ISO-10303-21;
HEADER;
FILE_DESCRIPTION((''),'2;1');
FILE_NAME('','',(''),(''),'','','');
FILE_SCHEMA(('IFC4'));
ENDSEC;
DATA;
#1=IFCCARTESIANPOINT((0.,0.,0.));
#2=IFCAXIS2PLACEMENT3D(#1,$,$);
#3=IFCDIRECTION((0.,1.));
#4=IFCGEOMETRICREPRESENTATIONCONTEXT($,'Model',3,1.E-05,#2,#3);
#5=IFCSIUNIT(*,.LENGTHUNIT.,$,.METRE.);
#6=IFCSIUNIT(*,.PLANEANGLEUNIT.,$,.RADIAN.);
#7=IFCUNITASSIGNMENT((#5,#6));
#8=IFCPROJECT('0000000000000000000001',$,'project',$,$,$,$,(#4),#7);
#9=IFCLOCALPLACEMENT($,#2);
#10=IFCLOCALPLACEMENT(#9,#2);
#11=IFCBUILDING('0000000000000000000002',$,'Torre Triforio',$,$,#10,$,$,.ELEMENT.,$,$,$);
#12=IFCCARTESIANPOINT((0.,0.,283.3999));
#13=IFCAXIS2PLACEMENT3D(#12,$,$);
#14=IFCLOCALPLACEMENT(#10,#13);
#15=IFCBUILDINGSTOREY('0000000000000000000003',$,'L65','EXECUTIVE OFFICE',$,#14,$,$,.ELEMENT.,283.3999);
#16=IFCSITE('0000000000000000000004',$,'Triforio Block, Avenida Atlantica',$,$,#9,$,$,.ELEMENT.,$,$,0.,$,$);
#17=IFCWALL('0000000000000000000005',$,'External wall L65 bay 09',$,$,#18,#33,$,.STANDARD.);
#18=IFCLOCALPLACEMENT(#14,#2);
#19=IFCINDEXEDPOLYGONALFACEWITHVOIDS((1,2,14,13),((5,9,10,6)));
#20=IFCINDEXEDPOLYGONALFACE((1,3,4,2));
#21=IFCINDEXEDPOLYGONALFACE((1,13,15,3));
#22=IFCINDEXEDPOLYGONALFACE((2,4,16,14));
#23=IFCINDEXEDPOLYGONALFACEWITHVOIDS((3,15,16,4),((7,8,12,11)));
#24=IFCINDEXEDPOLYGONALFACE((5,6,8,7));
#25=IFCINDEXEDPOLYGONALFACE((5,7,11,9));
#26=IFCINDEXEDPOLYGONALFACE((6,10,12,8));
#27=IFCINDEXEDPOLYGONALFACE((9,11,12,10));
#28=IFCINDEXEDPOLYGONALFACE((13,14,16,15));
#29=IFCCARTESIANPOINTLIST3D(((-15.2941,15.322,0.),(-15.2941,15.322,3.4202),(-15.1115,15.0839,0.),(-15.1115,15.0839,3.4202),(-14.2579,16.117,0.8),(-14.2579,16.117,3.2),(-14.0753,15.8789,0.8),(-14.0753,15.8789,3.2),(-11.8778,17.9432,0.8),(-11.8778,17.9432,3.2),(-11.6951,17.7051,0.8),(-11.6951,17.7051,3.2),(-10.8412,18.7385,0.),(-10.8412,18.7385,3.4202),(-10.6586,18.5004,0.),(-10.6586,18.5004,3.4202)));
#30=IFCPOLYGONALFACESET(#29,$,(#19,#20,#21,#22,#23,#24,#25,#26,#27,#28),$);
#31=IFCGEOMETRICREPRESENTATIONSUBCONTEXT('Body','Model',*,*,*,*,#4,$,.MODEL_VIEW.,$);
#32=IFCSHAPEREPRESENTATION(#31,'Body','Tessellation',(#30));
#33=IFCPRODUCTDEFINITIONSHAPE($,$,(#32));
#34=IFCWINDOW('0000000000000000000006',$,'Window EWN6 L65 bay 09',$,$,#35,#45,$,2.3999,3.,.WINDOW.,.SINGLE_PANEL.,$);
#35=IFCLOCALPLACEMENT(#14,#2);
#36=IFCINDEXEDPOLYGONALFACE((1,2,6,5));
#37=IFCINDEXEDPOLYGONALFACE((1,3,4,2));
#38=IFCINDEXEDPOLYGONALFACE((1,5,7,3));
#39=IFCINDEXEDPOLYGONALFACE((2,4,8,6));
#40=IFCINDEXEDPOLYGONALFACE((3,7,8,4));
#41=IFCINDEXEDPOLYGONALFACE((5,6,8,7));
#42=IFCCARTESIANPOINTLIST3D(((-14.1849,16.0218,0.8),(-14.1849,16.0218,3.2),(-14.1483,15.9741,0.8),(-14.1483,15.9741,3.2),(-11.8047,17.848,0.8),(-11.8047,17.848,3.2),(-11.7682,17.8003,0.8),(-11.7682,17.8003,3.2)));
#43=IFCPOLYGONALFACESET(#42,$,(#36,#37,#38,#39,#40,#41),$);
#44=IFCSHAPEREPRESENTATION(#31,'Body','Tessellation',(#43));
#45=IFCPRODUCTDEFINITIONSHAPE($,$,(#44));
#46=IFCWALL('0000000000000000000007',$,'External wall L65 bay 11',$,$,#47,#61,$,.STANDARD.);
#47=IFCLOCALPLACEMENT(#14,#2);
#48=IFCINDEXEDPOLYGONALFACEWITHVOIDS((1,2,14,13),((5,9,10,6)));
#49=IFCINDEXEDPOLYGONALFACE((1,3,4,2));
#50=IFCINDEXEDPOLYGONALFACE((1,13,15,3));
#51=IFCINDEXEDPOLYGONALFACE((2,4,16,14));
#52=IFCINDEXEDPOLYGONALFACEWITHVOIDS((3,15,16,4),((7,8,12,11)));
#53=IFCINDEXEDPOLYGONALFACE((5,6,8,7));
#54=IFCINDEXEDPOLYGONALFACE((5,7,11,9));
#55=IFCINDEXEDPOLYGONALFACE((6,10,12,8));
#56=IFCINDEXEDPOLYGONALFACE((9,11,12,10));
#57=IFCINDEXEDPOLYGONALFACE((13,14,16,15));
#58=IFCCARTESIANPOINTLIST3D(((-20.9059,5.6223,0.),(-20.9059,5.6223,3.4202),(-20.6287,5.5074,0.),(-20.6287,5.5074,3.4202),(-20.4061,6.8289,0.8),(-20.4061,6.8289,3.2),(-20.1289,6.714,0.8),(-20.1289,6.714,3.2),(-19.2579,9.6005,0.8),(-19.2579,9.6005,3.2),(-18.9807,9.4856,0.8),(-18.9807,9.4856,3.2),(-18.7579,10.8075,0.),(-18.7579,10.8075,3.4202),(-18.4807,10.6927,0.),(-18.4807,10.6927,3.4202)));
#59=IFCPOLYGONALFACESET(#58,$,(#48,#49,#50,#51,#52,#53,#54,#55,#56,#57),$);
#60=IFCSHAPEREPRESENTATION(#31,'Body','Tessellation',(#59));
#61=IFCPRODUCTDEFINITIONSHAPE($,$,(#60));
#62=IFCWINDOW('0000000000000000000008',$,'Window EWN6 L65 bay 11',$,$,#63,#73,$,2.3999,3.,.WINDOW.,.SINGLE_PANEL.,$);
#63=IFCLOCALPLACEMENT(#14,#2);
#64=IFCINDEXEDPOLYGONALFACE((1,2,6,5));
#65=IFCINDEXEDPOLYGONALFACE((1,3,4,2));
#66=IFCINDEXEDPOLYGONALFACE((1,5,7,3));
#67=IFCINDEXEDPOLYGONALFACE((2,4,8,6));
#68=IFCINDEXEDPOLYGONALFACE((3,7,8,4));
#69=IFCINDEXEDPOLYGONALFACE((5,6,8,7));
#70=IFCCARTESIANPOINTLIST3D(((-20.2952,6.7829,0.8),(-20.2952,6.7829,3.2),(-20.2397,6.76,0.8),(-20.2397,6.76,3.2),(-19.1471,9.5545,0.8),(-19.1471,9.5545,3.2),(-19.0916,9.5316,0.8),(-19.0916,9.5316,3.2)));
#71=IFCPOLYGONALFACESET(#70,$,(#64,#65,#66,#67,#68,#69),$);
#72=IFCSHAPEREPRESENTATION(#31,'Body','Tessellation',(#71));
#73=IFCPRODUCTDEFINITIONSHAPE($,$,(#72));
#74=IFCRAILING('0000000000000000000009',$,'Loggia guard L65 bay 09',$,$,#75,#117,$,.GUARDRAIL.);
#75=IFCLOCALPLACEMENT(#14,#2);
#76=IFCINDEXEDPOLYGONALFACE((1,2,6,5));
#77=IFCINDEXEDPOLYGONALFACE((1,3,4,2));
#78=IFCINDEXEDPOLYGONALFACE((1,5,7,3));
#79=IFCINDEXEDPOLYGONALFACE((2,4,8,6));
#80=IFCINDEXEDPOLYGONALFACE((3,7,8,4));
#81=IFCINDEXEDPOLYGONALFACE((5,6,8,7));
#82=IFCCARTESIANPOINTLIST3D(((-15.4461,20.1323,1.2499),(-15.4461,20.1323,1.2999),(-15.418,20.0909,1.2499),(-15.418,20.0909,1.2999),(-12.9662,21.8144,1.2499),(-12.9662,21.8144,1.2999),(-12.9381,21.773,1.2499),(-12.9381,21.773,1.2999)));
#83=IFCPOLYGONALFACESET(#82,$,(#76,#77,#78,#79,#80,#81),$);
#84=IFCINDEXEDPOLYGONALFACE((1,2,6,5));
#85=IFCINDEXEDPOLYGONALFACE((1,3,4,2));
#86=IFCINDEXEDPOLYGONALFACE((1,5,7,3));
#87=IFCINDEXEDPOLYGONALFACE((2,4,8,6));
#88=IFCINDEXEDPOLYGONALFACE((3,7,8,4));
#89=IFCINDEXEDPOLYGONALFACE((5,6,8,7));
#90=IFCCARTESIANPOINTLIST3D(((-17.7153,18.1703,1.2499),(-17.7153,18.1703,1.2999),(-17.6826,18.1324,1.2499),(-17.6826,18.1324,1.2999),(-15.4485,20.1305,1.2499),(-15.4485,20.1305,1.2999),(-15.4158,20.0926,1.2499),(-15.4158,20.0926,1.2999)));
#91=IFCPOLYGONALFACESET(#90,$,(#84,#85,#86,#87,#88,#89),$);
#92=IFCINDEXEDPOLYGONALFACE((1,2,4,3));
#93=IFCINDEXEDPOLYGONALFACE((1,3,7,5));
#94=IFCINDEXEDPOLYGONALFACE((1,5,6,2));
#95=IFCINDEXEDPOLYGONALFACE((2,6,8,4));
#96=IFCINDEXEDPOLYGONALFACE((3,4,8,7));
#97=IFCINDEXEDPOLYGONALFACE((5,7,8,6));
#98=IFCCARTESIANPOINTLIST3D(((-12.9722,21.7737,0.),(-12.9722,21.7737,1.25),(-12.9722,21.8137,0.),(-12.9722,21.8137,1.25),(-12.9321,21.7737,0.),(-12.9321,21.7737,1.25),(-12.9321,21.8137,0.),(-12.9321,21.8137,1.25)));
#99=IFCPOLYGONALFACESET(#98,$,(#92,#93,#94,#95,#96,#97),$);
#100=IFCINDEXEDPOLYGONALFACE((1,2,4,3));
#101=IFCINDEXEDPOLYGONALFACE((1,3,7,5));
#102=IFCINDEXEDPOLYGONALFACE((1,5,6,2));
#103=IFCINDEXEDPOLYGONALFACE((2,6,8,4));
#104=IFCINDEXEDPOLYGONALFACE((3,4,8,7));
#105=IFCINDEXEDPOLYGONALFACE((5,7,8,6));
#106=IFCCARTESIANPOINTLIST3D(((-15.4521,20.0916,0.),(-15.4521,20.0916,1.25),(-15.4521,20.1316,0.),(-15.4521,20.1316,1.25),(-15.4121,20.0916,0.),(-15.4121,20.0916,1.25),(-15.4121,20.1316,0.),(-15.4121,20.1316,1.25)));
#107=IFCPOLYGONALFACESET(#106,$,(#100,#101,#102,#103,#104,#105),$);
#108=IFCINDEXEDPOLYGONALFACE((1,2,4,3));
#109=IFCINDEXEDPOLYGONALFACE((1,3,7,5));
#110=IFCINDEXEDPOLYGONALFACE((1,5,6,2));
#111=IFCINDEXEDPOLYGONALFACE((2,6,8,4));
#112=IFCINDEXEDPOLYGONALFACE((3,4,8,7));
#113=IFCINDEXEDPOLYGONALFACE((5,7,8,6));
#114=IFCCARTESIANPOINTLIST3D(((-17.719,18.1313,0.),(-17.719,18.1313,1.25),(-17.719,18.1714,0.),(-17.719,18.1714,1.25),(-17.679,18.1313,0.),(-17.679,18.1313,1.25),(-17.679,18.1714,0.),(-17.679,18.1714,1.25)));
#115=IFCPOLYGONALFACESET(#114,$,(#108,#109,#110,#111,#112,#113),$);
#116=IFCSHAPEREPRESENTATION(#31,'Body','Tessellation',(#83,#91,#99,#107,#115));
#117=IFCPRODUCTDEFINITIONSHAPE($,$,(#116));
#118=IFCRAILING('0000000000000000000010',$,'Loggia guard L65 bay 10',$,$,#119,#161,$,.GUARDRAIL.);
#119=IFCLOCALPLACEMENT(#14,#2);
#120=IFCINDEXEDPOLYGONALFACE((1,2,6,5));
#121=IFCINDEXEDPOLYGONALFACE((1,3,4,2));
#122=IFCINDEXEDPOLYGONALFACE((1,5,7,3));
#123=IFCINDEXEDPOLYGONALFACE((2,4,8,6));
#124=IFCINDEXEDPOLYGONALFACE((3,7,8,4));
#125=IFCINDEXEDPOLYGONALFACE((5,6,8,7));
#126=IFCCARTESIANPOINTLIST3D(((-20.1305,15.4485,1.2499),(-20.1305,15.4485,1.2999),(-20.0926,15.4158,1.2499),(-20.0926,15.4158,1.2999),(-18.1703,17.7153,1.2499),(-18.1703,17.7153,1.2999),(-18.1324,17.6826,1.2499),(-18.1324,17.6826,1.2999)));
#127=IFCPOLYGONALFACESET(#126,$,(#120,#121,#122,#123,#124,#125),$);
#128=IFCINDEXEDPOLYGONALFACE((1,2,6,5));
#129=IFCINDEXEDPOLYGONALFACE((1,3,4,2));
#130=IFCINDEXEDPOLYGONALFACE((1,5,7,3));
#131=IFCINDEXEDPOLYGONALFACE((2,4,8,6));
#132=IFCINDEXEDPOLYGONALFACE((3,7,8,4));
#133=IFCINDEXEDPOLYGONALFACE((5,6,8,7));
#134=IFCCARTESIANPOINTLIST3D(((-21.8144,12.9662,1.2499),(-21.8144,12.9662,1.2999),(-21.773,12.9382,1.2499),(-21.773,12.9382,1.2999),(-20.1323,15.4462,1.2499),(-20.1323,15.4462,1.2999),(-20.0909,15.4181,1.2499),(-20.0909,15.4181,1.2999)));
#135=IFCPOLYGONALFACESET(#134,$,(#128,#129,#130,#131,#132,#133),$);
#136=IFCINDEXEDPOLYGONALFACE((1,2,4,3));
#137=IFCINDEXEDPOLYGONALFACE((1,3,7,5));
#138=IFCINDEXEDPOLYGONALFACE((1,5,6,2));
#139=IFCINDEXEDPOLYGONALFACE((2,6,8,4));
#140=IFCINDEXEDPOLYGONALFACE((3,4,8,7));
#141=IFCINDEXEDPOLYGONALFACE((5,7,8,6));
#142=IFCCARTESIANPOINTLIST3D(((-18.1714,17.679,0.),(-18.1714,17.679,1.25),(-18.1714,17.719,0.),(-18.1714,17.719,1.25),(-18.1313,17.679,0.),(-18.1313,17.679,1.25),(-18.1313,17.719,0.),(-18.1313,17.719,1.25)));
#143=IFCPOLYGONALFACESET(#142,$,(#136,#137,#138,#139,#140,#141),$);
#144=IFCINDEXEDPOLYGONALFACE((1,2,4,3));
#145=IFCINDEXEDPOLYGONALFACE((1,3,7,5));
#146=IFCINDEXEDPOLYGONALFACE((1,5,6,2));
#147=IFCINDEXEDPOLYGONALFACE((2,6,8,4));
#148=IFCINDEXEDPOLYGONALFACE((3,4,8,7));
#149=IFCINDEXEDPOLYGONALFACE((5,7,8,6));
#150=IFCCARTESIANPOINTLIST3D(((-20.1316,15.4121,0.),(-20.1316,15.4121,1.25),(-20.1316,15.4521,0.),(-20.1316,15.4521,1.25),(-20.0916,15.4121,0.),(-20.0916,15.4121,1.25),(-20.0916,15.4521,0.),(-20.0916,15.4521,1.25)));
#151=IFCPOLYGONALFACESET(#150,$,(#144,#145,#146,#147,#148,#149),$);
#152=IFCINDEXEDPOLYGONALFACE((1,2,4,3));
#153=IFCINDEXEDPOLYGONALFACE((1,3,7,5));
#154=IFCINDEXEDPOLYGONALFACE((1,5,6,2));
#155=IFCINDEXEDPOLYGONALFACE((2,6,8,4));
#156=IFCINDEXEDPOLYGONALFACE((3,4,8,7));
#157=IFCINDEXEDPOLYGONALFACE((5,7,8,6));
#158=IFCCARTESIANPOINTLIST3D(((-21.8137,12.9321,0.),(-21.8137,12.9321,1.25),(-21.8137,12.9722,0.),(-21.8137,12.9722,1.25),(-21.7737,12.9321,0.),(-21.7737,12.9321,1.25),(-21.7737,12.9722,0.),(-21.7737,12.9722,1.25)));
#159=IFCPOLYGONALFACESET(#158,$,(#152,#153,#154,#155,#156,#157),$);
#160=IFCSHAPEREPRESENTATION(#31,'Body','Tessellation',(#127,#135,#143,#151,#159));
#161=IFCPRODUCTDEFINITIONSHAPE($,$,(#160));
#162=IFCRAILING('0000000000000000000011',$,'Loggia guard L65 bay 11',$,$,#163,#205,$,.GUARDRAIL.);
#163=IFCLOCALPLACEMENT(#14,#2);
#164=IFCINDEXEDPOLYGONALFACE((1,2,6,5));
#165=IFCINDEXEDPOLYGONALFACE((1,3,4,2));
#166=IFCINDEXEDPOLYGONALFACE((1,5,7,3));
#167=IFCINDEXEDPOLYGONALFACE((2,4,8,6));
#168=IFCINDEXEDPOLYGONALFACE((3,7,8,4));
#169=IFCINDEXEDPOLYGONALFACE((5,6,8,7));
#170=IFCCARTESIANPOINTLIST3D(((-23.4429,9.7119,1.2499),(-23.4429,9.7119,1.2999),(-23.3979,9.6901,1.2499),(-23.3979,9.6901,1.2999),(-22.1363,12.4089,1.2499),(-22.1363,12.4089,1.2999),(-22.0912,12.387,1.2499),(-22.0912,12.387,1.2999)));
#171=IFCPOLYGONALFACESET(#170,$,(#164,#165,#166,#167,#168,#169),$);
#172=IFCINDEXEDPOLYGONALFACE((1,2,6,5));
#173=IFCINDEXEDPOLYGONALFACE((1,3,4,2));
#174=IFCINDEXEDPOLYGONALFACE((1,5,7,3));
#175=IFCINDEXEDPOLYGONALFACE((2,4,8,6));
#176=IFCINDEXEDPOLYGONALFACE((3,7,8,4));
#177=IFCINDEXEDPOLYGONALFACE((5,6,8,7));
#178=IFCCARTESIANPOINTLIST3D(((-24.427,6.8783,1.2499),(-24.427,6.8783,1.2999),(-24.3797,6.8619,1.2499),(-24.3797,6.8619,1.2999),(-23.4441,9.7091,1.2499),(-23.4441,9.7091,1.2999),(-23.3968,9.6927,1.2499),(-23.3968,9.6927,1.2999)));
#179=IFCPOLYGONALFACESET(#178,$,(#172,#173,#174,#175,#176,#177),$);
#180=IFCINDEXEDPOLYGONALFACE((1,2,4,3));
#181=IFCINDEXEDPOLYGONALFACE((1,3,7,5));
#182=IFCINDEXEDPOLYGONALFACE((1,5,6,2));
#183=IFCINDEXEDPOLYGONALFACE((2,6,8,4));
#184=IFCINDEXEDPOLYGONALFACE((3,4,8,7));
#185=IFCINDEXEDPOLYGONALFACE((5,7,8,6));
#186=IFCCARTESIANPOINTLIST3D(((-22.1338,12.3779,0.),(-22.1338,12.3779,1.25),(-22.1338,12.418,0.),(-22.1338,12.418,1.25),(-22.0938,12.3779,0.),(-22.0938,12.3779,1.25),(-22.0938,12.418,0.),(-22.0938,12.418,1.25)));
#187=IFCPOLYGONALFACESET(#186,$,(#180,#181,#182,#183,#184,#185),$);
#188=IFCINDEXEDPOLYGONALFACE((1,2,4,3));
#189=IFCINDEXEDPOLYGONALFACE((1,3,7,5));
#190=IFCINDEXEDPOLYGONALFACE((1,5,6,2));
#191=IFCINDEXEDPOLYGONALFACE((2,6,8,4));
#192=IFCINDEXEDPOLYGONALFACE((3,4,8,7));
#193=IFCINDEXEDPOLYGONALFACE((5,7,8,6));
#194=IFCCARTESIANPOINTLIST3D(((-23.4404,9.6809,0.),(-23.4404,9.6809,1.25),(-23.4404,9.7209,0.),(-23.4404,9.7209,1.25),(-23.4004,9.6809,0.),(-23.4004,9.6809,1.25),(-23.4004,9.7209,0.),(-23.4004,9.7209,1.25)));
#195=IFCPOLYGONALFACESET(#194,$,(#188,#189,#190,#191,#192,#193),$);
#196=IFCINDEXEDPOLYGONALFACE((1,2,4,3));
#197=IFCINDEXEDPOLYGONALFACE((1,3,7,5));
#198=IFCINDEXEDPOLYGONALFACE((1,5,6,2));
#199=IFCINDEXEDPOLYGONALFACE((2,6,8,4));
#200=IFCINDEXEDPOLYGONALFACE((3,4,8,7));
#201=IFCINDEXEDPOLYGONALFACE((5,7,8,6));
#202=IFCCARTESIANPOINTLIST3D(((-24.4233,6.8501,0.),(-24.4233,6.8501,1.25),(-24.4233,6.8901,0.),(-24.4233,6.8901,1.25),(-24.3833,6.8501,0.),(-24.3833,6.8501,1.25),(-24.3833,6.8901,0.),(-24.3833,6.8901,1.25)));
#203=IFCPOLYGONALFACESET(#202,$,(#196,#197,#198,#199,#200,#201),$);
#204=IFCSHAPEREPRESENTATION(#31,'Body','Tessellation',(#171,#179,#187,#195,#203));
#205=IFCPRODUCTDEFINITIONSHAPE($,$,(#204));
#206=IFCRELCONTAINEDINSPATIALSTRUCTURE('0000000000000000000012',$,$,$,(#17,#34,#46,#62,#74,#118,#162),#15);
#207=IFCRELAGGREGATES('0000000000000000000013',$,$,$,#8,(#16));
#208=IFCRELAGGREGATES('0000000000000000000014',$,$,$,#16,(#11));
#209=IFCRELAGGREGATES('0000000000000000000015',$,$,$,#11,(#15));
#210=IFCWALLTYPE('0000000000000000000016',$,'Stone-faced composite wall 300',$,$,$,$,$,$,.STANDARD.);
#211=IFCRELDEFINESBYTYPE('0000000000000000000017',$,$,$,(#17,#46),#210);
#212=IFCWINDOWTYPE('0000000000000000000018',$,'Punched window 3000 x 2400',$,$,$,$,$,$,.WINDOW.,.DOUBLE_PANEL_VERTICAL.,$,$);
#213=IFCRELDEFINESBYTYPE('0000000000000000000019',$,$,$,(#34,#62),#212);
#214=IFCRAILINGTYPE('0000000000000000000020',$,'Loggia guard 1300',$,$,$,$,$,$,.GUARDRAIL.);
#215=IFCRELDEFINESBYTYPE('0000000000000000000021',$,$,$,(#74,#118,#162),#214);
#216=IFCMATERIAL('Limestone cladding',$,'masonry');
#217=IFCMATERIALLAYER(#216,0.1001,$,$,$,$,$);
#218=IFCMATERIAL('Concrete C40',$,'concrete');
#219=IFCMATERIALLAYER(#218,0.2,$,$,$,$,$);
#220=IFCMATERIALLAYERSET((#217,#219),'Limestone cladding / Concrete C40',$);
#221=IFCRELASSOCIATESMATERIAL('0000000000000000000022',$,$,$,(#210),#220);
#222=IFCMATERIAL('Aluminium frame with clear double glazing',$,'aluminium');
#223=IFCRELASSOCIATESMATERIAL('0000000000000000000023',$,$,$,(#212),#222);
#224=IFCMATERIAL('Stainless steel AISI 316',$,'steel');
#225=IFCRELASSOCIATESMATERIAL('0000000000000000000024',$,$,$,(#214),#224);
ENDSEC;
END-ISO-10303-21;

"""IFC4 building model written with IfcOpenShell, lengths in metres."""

from ifc_helpers import new_model, si_unit, direction, frame, frame_2d, origin, origin_2d, place, context, subcontext, project, spatial, rectangle, extrude, material, layer, layer_set, type_object, element, fill, save


model = new_model("IFC4")

# Units and contexts
model_context = context("Model", 3, precision=1e-05, world=origin(), true_north=direction((0.0, 1.0)))
body_context = subcontext(model_context, "Body", "Model", "MODEL_VIEW")
ifc_project = project(units=[si_unit("LENGTHUNIT", "METRE"), si_unit("PLANEANGLEUNIT", "RADIAN")], contexts=[model_context])

# Site, building, storey
site_placement = place(None, origin())
site = spatial("IfcSite", under=ifc_project, at=site_placement, Name="Triforio Block, Avenida Atlantica", CompositionType="ELEMENT", RefElevation=0.0)
building_placement = place(site_placement, origin())
building = spatial("IfcBuilding", under=site, at=building_placement, Name="Torre Triforio", CompositionType="ELEMENT")
storey_placement = place(building_placement, frame((0.0, 0.0, 283.3999)))
storey = spatial("IfcBuildingStorey", under=building, at=storey_placement, Name="L65", Description="EXECUTIVE OFFICE", CompositionType="ELEMENT", Elevation=283.3999)

# Shared definitions
ifc_material_1 = material(Name="Concrete C40", Category="concrete")

# Shared definitions
ifc_material_2 = material(Name="Limestone cladding", Category="masonry")

# Wall, opening, window
ifc_layer_1 = layer(ifc_material_2, 0.1001)
ifc_layer_2 = layer(ifc_material_1, 0.2)
ifc_layer_set_1 = layer_set([ifc_layer_1, ifc_layer_2], Name="Limestone cladding / Concrete C40")
wall_type_1 = type_object("IfcWallType", Name="Stone-faced composite wall 300", PredefinedType="STANDARD", material=ifc_layer_set_1)
wall_1_placement = place(storey_placement, frame((-10.75, 18.6194, 0.0), z_axis=(0.0, 0.0, 1.0), x_axis=(-0.79338, -0.608726, 0.0)))
wall_1 = element("IfcWall", 1, at=wall_1_placement, inside=storey, type_object=wall_type_1, Name="External wall L65 bay 09", PredefinedType="STANDARD", context=body_context, shape_type="SweptSolid", body=[
    extrude(rectangle(XDim=5.6125, YDim=0.3, at=frame_2d((2.8062, 0.0))), origin(), (0.0, 0.0, 1.0), 3.4202),
])
opening_1_placement = place(wall_1_placement, frame((1.3064, 0.0, 0.8)))
opening_1 = element("IfcOpeningElement", 2, at=opening_1_placement, cuts=wall_1, PredefinedType="OPENING", context=body_context, shape_type="SweptSolid", body=[
    extrude(rectangle(XDim=3.0, YDim=2.3999, at=frame_2d((1.5, 1.2))), frame((0.0, 0.1599, 0.0), z_axis=(0.0, -1.0, 0.0), x_axis=(1.0, 0.0, 0.0)), (0.0, 0.0, 1.0), 0.3201),
])
ifc_material_3 = material(Name="Aluminium frame with clear double glazing", Category="aluminium")
window_type_1 = type_object("IfcWindowType", Name="Punched window 3000 x 2400", PartitioningType="DOUBLE_PANEL_VERTICAL", PredefinedType="WINDOW", material=ifc_material_3)
window_1_placement = place(opening_1_placement, origin())
window_1 = element("IfcWindow", 3, at=window_1_placement, inside=storey, type_object=window_type_1, Name="Window EWN6 L65 bay 09", OverallHeight=2.3999, OverallWidth=3.0, PartitioningType="SINGLE_PANEL", PredefinedType="WINDOW", context=body_context, shape_type="SweptSolid", body=[
    extrude(rectangle(XDim=3.0, YDim=2.3999, at=frame_2d((1.5, 1.2))), frame((0.0, 0.03, 0.0), z_axis=(0.0, -1.0, 0.0), x_axis=(1.0, 0.0, 0.0)), (0.0, 0.0, 1.0), 0.0601),
])
fill(opening_1, window_1)

# Wall, opening, window
wall_2_placement = place(storey_placement, frame((-18.6194, 10.75, 0.0), z_axis=(0.0, 0.0, 1.0), x_axis=(-0.382703, -0.923872, 0.0)))
wall_2 = element("IfcWall", 4, at=wall_2_placement, inside=storey, type_object=wall_type_1, Name="External wall L65 bay 11", PredefinedType="STANDARD", context=body_context, shape_type="SweptSolid", body=[
    extrude(rectangle(XDim=5.6125, YDim=0.3, at=frame_2d((2.8062, 0.0))), origin(), (0.0, 0.0, 1.0), 3.4202),
])
opening_2_placement = place(wall_2_placement, frame((1.3064, 0.0, 0.8)))
opening_2 = element("IfcOpeningElement", 5, at=opening_2_placement, cuts=wall_2, PredefinedType="OPENING", context=body_context, shape_type="SweptSolid", body=[
    extrude(rectangle(XDim=3.0, YDim=2.3999, at=frame_2d((1.5, 1.2))), frame((0.0, 0.1599, 0.0), z_axis=(0.0, -1.0, 0.0), x_axis=(1.0, 0.0, 0.0)), (0.0, 0.0, 1.0), 0.3201),
])
window_2_placement = place(opening_2_placement, origin())
window_2 = element("IfcWindow", 6, at=window_2_placement, inside=storey, type_object=window_type_1, Name="Window EWN6 L65 bay 11", OverallHeight=2.3999, OverallWidth=3.0, PartitioningType="SINGLE_PANEL", PredefinedType="WINDOW", context=body_context, shape_type="SweptSolid", body=[
    extrude(rectangle(XDim=3.0, YDim=2.3999, at=frame_2d((1.5, 1.2))), frame((0.0, 0.03, 0.0), z_axis=(0.0, -1.0, 0.0), x_axis=(1.0, 0.0, 0.0)), (0.0, 0.0, 1.0), 0.0601),
])
fill(opening_2, window_2)

# Railings
ifc_material_4 = material(Name="Stainless steel AISI 316", Category="steel")
railing_type = type_object("IfcRailingType", Name="Loggia guard 1300", PredefinedType="GUARDRAIL", material=ifc_material_4)
railing_1_placement = place(storey_placement, frame((-12.9521, 21.7937, 0.0)))
element("IfcRailing", 7, at=railing_1_placement, inside=storey, type_object=railing_type, Name="Loggia guard L65 bay 09", PredefinedType="GUARDRAIL", context=body_context, shape_type="SweptSolid", body=[
    extrude(rectangle(XDim=0.05, YDim=0.05, at=origin_2d()), frame((0.0, 0.0, 1.2749), z_axis=(-0.827587, -0.561338, 0.0), x_axis=(0.561338, -0.827587, 0.0)), (0.0, 0.0, 1.0), 2.9966),
    extrude(rectangle(XDim=0.05, YDim=0.05, at=origin_2d()), frame((-2.48, -1.6821, 1.2749), z_axis=(-0.756414, -0.654093, 0.0), x_axis=(0.654093, -0.756414, 0.0)), (0.0, 0.0, 1.0), 2.9968),
    extrude(rectangle(XDim=0.04, YDim=0.04, at=origin_2d()), origin(), (0.0, 0.0, 1.0), 1.25),
    extrude(rectangle(XDim=0.04, YDim=0.04, at=origin_2d()), frame((-2.48, -1.6821, 0.0)), (0.0, 0.0, 1.0), 1.25),
    extrude(rectangle(XDim=0.04, YDim=0.04, at=origin_2d()), frame((-4.7468, -3.6423, 0.0)), (0.0, 0.0, 1.0), 1.25),
])
railing_2_placement = place(storey_placement, frame((-18.1514, 17.699, 0.0)))
element("IfcRailing", 8, at=railing_2_placement, inside=storey, type_object=railing_type, Name="Loggia guard L65 bay 10", PredefinedType="GUARDRAIL", context=body_context, shape_type="SweptSolid", body=[
    extrude(rectangle(XDim=0.05, YDim=0.05, at=origin_2d()), frame((0.0, 0.0, 1.2749), z_axis=(-0.654093, -0.756414, 0.0), x_axis=(0.756414, -0.654093, 0.0)), (0.0, 0.0, 1.0), 2.9968),
    extrude(rectangle(XDim=0.05, YDim=0.05, at=origin_2d()), frame((-1.9602, -2.2668, 1.2749), z_axis=(-0.561338, -0.827587, 0.0), x_axis=(0.827587, -0.561338, 0.0)), (0.0, 0.0, 1.0), 2.9966),
    extrude(rectangle(XDim=0.04, YDim=0.04, at=origin_2d()), origin(), (0.0, 0.0, 1.0), 1.25),
    extrude(rectangle(XDim=0.04, YDim=0.04, at=origin_2d()), frame((-1.9602, -2.2668, 0.0)), (0.0, 0.0, 1.0), 1.25),
    extrude(rectangle(XDim=0.04, YDim=0.04, at=origin_2d()), frame((-3.6423, -4.7468, 0.0)), (0.0, 0.0, 1.0), 1.25),
])
railing_3_placement = place(storey_placement, frame((-22.1138, 12.3979, 0.0)))
element("IfcRailing", 9, at=railing_3_placement, inside=storey, type_object=railing_type, Name="Loggia guard L65 bay 11", PredefinedType="GUARDRAIL", context=body_context, shape_type="SweptSolid", body=[
    extrude(rectangle(XDim=0.05, YDim=0.05, at=origin_2d()), frame((0.0, 0.0, 1.2749), z_axis=(-0.436002, -0.899946, 0.0), x_axis=(0.899946, -0.436002, 0.0)), (0.0, 0.0, 1.0), 2.9968),
    extrude(rectangle(XDim=0.05, YDim=0.05, at=origin_2d()), frame((-1.3066, -2.697, 1.2749), z_axis=(-0.328009, -0.944675, 0.0), x_axis=(0.944675, -0.328009, 0.0)), (0.0, 0.0, 1.0), 2.9966),
    extrude(rectangle(XDim=0.04, YDim=0.04, at=origin_2d()), origin(), (0.0, 0.0, 1.0), 1.25),
    extrude(rectangle(XDim=0.04, YDim=0.04, at=origin_2d()), frame((-1.3066, -2.697, 0.0)), (0.0, 0.0, 1.0), 1.25),
    extrude(rectangle(XDim=0.04, YDim=0.04, at=origin_2d()), frame((-2.2896, -5.5278, 0.0)), (0.0, 0.0, 1.0), 1.25),
])

save(model, "model.ifc")
